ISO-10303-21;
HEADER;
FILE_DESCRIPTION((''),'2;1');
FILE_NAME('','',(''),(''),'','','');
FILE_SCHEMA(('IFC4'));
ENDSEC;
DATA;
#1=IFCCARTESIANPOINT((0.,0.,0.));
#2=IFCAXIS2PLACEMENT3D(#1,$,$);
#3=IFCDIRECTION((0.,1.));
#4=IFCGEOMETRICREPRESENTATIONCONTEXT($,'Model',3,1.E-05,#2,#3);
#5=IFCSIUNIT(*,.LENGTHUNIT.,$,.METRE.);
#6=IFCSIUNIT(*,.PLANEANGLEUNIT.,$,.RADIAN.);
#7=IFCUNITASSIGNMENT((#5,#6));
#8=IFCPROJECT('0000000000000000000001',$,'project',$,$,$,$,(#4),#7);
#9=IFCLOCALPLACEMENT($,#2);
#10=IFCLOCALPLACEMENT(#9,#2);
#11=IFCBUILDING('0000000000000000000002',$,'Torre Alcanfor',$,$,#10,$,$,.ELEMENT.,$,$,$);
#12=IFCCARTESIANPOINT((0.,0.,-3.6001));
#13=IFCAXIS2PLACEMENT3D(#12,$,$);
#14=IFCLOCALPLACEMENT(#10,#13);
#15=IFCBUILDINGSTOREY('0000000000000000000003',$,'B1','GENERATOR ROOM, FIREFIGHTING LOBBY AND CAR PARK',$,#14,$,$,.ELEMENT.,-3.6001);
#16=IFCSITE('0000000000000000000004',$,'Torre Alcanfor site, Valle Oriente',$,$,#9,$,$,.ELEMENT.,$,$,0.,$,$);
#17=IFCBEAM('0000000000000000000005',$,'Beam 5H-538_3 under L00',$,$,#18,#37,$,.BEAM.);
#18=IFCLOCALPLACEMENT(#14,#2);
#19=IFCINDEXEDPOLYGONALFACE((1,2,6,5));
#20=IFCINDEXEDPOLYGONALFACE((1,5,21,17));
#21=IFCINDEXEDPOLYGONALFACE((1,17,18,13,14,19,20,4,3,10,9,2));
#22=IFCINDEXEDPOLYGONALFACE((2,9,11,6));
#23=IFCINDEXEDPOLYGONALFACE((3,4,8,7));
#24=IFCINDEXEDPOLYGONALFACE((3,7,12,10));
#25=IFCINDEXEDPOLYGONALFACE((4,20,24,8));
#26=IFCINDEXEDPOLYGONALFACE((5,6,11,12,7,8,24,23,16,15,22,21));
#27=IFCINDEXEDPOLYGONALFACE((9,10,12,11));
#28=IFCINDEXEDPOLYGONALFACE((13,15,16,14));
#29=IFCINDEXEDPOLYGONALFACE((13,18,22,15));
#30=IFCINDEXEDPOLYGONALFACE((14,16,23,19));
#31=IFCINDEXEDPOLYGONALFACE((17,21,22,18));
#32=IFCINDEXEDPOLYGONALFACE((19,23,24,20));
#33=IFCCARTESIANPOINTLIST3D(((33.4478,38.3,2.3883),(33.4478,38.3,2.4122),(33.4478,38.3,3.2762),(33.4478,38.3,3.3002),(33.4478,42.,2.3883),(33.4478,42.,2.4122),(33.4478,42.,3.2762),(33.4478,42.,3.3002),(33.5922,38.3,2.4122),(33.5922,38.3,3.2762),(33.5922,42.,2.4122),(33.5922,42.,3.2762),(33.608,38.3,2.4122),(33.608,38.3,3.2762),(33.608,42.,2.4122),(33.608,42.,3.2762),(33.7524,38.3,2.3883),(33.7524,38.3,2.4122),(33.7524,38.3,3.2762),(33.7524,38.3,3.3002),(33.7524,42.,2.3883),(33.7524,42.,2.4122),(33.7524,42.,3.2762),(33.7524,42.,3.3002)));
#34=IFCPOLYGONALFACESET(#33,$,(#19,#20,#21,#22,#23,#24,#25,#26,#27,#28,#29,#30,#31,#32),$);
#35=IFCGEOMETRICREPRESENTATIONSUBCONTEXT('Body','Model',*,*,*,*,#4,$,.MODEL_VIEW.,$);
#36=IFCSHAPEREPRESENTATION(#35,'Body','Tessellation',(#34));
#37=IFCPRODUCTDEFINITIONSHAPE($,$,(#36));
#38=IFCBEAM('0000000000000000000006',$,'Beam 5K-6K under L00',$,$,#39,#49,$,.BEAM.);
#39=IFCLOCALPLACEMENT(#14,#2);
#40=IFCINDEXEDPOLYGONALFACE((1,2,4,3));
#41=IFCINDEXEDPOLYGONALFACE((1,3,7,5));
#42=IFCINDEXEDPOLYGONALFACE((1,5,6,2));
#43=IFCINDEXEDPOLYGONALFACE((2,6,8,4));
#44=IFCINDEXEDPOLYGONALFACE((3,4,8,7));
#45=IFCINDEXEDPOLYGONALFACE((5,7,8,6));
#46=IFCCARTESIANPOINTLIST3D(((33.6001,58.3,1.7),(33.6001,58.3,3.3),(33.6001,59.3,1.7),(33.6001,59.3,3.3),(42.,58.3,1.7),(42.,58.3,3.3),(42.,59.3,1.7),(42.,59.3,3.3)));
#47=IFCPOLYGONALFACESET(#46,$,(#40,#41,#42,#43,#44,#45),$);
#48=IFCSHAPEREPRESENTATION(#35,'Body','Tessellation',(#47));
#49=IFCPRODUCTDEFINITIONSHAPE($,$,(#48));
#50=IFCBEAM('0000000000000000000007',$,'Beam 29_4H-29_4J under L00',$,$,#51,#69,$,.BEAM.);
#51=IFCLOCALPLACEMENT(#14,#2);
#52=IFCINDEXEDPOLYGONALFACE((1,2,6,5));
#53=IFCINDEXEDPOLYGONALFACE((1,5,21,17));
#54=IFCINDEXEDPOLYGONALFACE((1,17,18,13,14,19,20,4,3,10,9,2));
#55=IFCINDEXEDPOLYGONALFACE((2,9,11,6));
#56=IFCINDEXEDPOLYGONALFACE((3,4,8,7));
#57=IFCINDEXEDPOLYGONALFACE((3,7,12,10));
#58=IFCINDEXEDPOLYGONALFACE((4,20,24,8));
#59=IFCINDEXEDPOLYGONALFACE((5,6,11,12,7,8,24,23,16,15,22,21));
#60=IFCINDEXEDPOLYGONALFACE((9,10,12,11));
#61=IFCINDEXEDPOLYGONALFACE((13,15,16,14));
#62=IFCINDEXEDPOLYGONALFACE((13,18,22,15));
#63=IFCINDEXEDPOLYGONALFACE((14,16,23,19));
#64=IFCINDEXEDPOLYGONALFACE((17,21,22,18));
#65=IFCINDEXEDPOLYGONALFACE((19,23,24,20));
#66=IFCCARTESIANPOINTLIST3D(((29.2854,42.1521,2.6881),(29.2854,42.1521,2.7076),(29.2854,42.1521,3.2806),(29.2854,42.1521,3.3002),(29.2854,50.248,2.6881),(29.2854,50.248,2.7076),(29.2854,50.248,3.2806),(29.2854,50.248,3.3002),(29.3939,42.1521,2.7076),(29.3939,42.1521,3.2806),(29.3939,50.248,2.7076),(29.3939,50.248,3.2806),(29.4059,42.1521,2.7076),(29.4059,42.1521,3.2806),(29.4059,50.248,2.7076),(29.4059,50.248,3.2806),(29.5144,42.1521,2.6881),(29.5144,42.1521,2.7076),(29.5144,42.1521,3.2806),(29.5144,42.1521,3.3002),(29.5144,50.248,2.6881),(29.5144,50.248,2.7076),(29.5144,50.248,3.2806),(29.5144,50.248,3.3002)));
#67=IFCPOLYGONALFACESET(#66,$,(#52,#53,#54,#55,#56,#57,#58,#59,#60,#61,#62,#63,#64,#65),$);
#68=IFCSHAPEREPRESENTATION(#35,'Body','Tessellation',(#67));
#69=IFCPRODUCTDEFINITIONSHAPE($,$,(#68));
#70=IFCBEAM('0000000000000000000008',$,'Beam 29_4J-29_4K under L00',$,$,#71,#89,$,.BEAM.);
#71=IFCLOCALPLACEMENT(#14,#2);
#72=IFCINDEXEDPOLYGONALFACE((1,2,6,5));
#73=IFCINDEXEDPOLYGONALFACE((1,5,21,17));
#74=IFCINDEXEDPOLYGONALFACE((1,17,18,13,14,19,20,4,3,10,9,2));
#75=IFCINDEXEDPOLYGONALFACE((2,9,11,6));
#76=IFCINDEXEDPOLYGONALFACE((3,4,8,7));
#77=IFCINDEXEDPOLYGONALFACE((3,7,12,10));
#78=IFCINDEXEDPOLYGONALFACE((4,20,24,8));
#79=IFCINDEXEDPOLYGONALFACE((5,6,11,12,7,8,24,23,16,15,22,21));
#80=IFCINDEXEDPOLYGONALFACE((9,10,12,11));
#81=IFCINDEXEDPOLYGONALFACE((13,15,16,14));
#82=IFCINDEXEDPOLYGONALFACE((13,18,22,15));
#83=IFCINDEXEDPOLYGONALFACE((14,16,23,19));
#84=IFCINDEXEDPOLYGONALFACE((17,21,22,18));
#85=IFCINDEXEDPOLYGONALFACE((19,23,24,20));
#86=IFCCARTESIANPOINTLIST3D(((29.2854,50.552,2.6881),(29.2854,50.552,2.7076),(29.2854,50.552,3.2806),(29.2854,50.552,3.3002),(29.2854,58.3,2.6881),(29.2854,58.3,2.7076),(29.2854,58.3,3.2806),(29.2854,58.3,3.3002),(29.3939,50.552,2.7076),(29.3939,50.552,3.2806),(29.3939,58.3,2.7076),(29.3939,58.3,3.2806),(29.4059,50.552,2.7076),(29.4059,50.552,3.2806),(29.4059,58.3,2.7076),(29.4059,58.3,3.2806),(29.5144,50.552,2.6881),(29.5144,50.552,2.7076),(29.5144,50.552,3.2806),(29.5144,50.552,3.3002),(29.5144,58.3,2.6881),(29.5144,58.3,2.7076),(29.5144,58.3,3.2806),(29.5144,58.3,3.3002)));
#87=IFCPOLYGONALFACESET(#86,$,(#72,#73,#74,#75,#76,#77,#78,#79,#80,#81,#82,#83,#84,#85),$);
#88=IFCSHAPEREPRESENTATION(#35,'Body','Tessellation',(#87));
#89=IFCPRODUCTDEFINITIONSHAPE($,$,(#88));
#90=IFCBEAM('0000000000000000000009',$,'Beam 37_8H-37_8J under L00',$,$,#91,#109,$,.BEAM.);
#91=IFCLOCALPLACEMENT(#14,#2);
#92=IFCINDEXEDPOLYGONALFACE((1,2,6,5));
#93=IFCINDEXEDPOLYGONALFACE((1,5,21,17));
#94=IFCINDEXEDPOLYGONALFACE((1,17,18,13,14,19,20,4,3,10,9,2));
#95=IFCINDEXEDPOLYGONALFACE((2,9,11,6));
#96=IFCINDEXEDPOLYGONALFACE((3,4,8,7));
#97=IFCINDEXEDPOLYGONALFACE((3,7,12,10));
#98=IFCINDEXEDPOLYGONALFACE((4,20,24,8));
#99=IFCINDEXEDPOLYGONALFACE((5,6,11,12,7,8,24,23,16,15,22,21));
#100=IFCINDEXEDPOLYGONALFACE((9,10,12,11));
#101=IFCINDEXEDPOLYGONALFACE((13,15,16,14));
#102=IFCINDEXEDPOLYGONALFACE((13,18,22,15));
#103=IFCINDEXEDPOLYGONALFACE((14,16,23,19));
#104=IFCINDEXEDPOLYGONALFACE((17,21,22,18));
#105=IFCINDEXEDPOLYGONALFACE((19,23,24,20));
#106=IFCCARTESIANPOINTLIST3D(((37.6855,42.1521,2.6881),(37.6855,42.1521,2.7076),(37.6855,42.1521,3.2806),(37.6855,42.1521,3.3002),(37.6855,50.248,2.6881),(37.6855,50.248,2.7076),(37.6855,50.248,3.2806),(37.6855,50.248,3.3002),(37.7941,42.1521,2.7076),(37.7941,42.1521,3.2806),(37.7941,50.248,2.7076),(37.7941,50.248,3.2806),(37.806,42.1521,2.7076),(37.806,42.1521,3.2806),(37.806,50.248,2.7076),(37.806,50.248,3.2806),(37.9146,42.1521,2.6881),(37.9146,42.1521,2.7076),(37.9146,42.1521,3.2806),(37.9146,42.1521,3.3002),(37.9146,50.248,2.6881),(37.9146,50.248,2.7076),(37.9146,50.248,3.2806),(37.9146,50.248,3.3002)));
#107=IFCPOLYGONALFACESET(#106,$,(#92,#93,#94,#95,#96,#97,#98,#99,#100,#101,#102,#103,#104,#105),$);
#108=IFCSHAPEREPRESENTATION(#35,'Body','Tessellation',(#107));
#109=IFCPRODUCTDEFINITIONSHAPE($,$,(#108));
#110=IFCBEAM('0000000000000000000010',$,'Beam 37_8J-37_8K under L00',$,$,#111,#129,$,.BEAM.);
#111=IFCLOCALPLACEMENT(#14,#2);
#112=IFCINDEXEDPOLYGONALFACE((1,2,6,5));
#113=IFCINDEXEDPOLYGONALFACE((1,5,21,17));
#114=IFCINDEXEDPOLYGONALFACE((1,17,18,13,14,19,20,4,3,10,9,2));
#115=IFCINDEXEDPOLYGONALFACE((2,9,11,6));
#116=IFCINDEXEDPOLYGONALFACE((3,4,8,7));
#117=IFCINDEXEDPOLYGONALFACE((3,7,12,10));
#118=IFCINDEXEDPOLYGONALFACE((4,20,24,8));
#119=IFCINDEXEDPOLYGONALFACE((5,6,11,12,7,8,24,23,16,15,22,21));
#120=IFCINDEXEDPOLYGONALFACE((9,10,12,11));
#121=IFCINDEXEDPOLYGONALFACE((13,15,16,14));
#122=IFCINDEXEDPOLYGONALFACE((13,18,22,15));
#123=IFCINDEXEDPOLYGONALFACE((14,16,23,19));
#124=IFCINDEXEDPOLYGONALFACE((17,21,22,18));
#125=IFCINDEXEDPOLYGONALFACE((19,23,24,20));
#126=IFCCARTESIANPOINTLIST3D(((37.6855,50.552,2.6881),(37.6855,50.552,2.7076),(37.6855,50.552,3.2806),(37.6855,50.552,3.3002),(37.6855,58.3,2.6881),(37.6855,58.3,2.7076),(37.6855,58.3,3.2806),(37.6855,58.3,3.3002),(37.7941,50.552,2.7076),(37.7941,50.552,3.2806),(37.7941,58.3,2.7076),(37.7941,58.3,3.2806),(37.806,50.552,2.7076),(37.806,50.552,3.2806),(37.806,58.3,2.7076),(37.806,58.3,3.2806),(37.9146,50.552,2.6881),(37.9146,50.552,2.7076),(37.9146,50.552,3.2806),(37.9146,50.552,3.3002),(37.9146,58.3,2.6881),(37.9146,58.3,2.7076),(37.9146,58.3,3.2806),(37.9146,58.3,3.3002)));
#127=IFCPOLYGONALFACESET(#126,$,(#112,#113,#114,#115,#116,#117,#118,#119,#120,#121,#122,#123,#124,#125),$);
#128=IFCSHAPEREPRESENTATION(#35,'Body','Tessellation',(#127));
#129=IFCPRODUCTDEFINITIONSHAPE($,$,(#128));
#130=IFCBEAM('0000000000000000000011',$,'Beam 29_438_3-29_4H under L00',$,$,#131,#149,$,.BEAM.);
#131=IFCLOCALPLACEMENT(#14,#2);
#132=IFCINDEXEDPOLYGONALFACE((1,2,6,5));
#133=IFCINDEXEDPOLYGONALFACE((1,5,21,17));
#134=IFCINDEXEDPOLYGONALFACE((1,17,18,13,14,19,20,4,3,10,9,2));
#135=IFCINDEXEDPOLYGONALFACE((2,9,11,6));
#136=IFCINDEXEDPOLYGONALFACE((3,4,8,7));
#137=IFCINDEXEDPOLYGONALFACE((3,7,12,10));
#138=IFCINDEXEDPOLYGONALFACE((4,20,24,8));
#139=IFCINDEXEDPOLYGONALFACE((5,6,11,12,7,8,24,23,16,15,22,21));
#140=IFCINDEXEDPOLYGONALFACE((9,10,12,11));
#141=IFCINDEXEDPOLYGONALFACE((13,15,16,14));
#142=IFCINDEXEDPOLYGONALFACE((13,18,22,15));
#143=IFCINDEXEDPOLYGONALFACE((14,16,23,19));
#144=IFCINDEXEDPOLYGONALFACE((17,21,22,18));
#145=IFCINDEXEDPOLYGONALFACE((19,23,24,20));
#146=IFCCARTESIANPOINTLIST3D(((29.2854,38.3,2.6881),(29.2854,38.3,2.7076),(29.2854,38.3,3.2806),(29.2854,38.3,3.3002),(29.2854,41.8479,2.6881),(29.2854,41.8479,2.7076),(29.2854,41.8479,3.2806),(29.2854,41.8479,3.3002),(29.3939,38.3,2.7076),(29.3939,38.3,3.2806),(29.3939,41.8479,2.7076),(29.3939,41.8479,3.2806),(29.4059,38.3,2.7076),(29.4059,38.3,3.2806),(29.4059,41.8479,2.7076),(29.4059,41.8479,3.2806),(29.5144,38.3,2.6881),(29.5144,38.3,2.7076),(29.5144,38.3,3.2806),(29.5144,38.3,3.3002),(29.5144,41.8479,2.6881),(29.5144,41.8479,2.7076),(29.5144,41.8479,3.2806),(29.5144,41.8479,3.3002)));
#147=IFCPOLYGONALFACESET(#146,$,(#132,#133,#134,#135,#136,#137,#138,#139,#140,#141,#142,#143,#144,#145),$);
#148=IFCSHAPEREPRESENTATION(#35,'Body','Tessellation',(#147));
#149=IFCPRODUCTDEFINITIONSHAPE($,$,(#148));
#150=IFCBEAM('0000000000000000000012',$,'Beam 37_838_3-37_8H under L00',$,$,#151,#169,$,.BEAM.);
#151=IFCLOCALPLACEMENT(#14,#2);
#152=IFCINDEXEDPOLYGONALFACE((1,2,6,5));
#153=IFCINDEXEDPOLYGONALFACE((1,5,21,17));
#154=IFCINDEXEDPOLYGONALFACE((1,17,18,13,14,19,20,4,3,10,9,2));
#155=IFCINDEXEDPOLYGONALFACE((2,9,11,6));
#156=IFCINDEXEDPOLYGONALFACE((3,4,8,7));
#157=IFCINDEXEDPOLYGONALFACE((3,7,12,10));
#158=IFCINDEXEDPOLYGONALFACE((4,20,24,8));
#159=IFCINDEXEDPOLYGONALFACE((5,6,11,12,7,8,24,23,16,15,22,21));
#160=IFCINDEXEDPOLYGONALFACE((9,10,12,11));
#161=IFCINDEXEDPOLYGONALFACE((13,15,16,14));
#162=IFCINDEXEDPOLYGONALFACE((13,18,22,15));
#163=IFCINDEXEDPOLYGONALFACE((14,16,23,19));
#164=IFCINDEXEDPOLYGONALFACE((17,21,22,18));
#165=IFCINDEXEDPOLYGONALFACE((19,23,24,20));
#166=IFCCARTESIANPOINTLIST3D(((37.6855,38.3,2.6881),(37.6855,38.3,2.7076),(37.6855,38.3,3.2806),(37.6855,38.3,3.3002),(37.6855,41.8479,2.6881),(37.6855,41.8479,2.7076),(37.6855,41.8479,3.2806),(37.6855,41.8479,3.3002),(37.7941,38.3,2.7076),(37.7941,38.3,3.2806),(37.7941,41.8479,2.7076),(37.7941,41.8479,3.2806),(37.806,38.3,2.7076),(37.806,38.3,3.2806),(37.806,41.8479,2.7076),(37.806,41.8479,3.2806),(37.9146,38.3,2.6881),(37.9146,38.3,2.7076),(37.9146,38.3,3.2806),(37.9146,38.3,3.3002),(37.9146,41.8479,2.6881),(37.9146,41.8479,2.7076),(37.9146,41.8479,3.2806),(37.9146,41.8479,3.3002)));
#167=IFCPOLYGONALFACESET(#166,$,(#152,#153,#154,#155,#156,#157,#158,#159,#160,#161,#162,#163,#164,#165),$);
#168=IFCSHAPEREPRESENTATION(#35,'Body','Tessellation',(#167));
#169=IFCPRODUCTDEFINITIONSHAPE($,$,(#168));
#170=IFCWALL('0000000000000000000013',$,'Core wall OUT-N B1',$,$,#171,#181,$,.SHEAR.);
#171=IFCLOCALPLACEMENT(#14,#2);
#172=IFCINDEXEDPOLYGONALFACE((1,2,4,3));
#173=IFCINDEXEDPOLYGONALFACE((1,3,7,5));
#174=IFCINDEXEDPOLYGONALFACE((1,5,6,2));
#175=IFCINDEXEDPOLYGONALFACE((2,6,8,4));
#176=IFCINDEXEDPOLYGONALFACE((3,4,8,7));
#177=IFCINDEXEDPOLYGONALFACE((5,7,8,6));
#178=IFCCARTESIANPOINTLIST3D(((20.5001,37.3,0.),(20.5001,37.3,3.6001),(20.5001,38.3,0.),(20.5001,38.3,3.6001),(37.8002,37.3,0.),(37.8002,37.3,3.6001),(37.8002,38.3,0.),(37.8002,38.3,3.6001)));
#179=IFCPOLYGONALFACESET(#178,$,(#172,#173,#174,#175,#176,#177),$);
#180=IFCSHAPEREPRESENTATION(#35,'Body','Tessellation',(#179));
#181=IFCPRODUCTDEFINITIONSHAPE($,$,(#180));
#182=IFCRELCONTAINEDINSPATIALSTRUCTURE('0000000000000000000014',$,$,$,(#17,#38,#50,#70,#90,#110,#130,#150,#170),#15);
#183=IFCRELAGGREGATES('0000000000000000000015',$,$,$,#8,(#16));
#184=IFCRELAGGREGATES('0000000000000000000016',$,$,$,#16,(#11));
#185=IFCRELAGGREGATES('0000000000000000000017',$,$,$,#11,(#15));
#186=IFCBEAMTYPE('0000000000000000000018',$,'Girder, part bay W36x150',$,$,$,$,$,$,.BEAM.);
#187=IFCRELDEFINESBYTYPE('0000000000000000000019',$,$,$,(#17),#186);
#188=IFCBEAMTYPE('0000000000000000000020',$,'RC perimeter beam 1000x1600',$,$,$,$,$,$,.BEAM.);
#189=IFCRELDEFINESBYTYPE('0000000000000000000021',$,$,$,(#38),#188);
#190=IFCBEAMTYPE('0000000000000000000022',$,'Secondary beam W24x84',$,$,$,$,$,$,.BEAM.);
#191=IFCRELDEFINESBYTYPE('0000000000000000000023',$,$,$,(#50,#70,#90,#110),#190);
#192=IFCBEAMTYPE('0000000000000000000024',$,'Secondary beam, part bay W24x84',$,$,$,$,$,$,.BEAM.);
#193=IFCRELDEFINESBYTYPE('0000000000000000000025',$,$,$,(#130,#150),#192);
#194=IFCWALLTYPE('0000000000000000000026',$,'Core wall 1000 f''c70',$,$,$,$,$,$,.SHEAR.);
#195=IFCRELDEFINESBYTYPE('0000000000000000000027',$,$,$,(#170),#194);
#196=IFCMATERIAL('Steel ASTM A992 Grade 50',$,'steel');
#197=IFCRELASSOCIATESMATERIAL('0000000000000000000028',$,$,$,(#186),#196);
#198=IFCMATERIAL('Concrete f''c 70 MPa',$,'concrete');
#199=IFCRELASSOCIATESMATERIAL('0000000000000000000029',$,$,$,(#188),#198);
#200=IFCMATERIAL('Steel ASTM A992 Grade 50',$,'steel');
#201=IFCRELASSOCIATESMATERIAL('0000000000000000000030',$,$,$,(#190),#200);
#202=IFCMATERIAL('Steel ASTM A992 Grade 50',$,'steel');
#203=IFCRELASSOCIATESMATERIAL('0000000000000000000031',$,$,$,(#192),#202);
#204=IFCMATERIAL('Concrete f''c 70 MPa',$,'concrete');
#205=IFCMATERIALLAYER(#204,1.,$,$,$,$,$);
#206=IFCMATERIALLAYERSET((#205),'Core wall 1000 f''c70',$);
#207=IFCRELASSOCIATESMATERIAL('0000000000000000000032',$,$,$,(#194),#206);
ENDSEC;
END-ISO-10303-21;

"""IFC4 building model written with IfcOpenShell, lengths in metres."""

from ifc_helpers import new_model, si_unit, direction, frame, frame_2d, origin, origin_2d, place, context, subcontext, project, spatial, rectangle, i_section, extrude, material, layer, layer_set, material_profile, profile_set, type_object, element, save


model = new_model("IFC4")

# Units and contexts
model_context = context("Model", 3, precision=1e-05, world=origin(), true_north=direction((0.0, 1.0)))
body_context = subcontext(model_context, "Body", "Model", "MODEL_VIEW")
ifc_project = project(units=[si_unit("LENGTHUNIT", "METRE"), si_unit("PLANEANGLEUNIT", "RADIAN")], contexts=[model_context])

# Site, building, storey
site_placement = place(None, origin())
site = spatial("IfcSite", under=ifc_project, at=site_placement, Name="Torre Alcanfor site, Valle Oriente", CompositionType="ELEMENT", RefElevation=0.0)
building_placement = place(site_placement, origin())
building = spatial("IfcBuilding", under=site, at=building_placement, Name="Torre Alcanfor", CompositionType="ELEMENT")
storey_placement = place(building_placement, frame((0.0, 0.0, -3.6001)))
storey = spatial("IfcBuildingStorey", under=building, at=storey_placement, Name="B1", Description="GENERATOR ROOM, FIREFIGHTING LOBBY AND CAR PARK", CompositionType="ELEMENT", Elevation=-3.6001)

# Beams
ifc_material_1 = material(Name="Steel ASTM A992 Grade 50", Category="steel")
ifc_material_profile_1 = material_profile(ifc_material_1, i_section(OverallWidth=0.3047, OverallDepth=0.9119, WebThickness=0.0159, FlangeThickness=0.0239, at=origin_2d()), Name="W36x150")
ifc_profile_set_1 = profile_set([ifc_material_profile_1], Name="Steel ASTM A992 Grade 50")
beam_type_1 = type_object("IfcBeamType", Name="Girder, part bay W36x150", PredefinedType="BEAM", material=ifc_profile_set_1)
beam_1_placement = place(storey_placement, frame((33.6001, 42.0, 2.8442), z_axis=(0.0, -1.0, 0.0), x_axis=(1.0, 0.0, 0.0)))
element("IfcBeam", 1, at=beam_1_placement, inside=storey, type_object=beam_type_1, Name="Beam 5H-538_3 under L00", PredefinedType="BEAM", context=body_context, shape_type="SweptSolid", body=[
    extrude(i_section(OverallWidth=0.3047, OverallDepth=0.9119, WebThickness=0.0159, FlangeThickness=0.0239, at=origin_2d()), origin(), (0.0, 0.0, 1.0), 3.7),
])
ifc_material_2 = material(Name="Concrete f'c 70 MPa", Category="concrete")
ifc_material_profile_2 = material_profile(ifc_material_2, rectangle(XDim=1.0, YDim=1.6001, at=origin_2d()), Name="1000x1600")
ifc_profile_set_2 = profile_set([ifc_material_profile_2], Name="Concrete f'c 70 MPa")
beam_type_2 = type_object("IfcBeamType", Name="RC perimeter beam 1000x1600", PredefinedType="BEAM", material=ifc_profile_set_2)
beam_2_placement = place(storey_placement, frame((33.6001, 58.8, 2.5), z_axis=(1.0, 0.0, 0.0), x_axis=(0.0, 1.0, 0.0)))
element("IfcBeam", 2, at=beam_2_placement, inside=storey, type_object=beam_type_2, Name="Beam 5K-6K under L00", PredefinedType="BEAM", context=body_context, shape_type="SweptSolid", body=[
    extrude(rectangle(XDim=1.0, YDim=1.6001, at=origin_2d()), origin(), (0.0, 0.0, 1.0), 8.3999),
])
ifc_material_3 = material(Name="Steel ASTM A992 Grade 50", Category="steel")
ifc_material_profile_3 = material_profile(ifc_material_3, i_section(OverallWidth=0.229, OverallDepth=0.6121, WebThickness=0.012, FlangeThickness=0.0195, at=origin_2d()), Name="W24x84")
ifc_profile_set_3 = profile_set([ifc_material_profile_3], Name="Steel ASTM A992 Grade 50")
beam_type_3 = type_object("IfcBeamType", Name="Secondary beam W24x84", PredefinedType="BEAM", material=ifc_profile_set_3)
beam_3_placement = place(storey_placement, frame((29.3999, 42.1521, 2.9941), z_axis=(0.0, 1.0, 0.0), x_axis=(-1.0, 0.0, 0.0)))
element("IfcBeam", 3, at=beam_3_placement, inside=storey, type_object=beam_type_3, Name="Beam 29_4H-29_4J under L00", PredefinedType="BEAM", context=body_context, shape_type="SweptSolid", body=[
    extrude(i_section(OverallWidth=0.229, OverallDepth=0.6121, WebThickness=0.012, FlangeThickness=0.0195, at=origin_2d()), origin(), (0.0, 0.0, 1.0), 8.0959),
])
beam_4_placement = place(storey_placement, frame((29.3999, 50.552, 2.9941), z_axis=(0.0, 1.0, 0.0), x_axis=(-1.0, 0.0, 0.0)))
element("IfcBeam", 4, at=beam_4_placement, inside=storey, type_object=beam_type_3, Name="Beam 29_4J-29_4K under L00", PredefinedType="BEAM", context=body_context, shape_type="SweptSolid", body=[
    extrude(i_section(OverallWidth=0.229, OverallDepth=0.6121, WebThickness=0.012, FlangeThickness=0.0195, at=origin_2d()), origin(), (0.0, 0.0, 1.0), 7.748),
])
beam_5_placement = place(storey_placement, frame((37.8, 42.1521, 2.9941), z_axis=(0.0, 1.0, 0.0), x_axis=(-1.0, 0.0, 0.0)))
element("IfcBeam", 5, at=beam_5_placement, inside=storey, type_object=beam_type_3, Name="Beam 37_8H-37_8J under L00", PredefinedType="BEAM", context=body_context, shape_type="SweptSolid", body=[
    extrude(i_section(OverallWidth=0.229, OverallDepth=0.6121, WebThickness=0.012, FlangeThickness=0.0195, at=origin_2d()), origin(), (0.0, 0.0, 1.0), 8.0959),
])
beam_6_placement = place(storey_placement, frame((37.8, 50.552, 2.9941), z_axis=(0.0, 1.0, 0.0), x_axis=(-1.0, 0.0, 0.0)))
element("IfcBeam", 6, at=beam_6_placement, inside=storey, type_object=beam_type_3, Name="Beam 37_8J-37_8K under L00", PredefinedType="BEAM", context=body_context, shape_type="SweptSolid", body=[
    extrude(i_section(OverallWidth=0.229, OverallDepth=0.6121, WebThickness=0.012, FlangeThickness=0.0195, at=origin_2d()), origin(), (0.0, 0.0, 1.0), 7.748),
])
ifc_material_4 = material(Name="Steel ASTM A992 Grade 50", Category="steel")
ifc_material_profile_4 = material_profile(ifc_material_4, i_section(OverallWidth=0.229, OverallDepth=0.6121, WebThickness=0.012, FlangeThickness=0.0195, at=origin_2d()), Name="W24x84")
ifc_profile_set_4 = profile_set([ifc_material_profile_4], Name="Steel ASTM A992 Grade 50")
beam_type_4 = type_object("IfcBeamType", Name="Secondary beam, part bay W24x84", PredefinedType="BEAM", material=ifc_profile_set_4)
for number, where, z_axis, x_axis, name in (
    (7, (29.3999, 38.3, 2.9941), (0.0, 1.0, 0.0), (-1.0, 0.0, 0.0), "Beam 29_438_3-29_4H under L00"),
    (8, (37.8, 38.3, 2.9941), (0.0, 1.0, 0.0), (-1.0, 0.0, 0.0), "Beam 37_838_3-37_8H under L00"),
):
    element("IfcBeam", number, at=place(storey_placement, frame(where, z_axis=z_axis, x_axis=x_axis)), inside=storey, type_object=beam_type_4, Name=name, PredefinedType="BEAM", context=body_context, shape_type="SweptSolid", body=[
        extrude(i_section(OverallWidth=0.229, OverallDepth=0.6121, WebThickness=0.012, FlangeThickness=0.0195, at=origin_2d()), origin(), (0.0, 0.0, 1.0), 3.5479),
    ])

# Wall
ifc_material_5 = material(Name="Concrete f'c 70 MPa", Category="concrete")
ifc_layer_1 = layer(ifc_material_5, 1.0)
ifc_layer_set_1 = layer_set([ifc_layer_1], Name="Core wall 1000 f'c70")
wall_type_1 = type_object("IfcWallType", Name="Core wall 1000 f'c70", PredefinedType="SHEAR", material=ifc_layer_set_1)
wall_1_placement = place(storey_placement, frame((37.8, 37.8, 0.0), z_axis=(0.0, 0.0, 1.0), x_axis=(-1.0, 0.0, 0.0)))
element("IfcWall", 9, at=wall_1_placement, inside=storey, type_object=wall_type_1, Name="Core wall OUT-N B1", PredefinedType="SHEAR", context=body_context, shape_type="SweptSolid", body=[
    extrude(rectangle(XDim=17.3, YDim=1.0, at=frame_2d((8.6499, 0.0))), origin(), (0.0, 0.0, 1.0), 3.6001),
])

save(model, "model.ifc")
